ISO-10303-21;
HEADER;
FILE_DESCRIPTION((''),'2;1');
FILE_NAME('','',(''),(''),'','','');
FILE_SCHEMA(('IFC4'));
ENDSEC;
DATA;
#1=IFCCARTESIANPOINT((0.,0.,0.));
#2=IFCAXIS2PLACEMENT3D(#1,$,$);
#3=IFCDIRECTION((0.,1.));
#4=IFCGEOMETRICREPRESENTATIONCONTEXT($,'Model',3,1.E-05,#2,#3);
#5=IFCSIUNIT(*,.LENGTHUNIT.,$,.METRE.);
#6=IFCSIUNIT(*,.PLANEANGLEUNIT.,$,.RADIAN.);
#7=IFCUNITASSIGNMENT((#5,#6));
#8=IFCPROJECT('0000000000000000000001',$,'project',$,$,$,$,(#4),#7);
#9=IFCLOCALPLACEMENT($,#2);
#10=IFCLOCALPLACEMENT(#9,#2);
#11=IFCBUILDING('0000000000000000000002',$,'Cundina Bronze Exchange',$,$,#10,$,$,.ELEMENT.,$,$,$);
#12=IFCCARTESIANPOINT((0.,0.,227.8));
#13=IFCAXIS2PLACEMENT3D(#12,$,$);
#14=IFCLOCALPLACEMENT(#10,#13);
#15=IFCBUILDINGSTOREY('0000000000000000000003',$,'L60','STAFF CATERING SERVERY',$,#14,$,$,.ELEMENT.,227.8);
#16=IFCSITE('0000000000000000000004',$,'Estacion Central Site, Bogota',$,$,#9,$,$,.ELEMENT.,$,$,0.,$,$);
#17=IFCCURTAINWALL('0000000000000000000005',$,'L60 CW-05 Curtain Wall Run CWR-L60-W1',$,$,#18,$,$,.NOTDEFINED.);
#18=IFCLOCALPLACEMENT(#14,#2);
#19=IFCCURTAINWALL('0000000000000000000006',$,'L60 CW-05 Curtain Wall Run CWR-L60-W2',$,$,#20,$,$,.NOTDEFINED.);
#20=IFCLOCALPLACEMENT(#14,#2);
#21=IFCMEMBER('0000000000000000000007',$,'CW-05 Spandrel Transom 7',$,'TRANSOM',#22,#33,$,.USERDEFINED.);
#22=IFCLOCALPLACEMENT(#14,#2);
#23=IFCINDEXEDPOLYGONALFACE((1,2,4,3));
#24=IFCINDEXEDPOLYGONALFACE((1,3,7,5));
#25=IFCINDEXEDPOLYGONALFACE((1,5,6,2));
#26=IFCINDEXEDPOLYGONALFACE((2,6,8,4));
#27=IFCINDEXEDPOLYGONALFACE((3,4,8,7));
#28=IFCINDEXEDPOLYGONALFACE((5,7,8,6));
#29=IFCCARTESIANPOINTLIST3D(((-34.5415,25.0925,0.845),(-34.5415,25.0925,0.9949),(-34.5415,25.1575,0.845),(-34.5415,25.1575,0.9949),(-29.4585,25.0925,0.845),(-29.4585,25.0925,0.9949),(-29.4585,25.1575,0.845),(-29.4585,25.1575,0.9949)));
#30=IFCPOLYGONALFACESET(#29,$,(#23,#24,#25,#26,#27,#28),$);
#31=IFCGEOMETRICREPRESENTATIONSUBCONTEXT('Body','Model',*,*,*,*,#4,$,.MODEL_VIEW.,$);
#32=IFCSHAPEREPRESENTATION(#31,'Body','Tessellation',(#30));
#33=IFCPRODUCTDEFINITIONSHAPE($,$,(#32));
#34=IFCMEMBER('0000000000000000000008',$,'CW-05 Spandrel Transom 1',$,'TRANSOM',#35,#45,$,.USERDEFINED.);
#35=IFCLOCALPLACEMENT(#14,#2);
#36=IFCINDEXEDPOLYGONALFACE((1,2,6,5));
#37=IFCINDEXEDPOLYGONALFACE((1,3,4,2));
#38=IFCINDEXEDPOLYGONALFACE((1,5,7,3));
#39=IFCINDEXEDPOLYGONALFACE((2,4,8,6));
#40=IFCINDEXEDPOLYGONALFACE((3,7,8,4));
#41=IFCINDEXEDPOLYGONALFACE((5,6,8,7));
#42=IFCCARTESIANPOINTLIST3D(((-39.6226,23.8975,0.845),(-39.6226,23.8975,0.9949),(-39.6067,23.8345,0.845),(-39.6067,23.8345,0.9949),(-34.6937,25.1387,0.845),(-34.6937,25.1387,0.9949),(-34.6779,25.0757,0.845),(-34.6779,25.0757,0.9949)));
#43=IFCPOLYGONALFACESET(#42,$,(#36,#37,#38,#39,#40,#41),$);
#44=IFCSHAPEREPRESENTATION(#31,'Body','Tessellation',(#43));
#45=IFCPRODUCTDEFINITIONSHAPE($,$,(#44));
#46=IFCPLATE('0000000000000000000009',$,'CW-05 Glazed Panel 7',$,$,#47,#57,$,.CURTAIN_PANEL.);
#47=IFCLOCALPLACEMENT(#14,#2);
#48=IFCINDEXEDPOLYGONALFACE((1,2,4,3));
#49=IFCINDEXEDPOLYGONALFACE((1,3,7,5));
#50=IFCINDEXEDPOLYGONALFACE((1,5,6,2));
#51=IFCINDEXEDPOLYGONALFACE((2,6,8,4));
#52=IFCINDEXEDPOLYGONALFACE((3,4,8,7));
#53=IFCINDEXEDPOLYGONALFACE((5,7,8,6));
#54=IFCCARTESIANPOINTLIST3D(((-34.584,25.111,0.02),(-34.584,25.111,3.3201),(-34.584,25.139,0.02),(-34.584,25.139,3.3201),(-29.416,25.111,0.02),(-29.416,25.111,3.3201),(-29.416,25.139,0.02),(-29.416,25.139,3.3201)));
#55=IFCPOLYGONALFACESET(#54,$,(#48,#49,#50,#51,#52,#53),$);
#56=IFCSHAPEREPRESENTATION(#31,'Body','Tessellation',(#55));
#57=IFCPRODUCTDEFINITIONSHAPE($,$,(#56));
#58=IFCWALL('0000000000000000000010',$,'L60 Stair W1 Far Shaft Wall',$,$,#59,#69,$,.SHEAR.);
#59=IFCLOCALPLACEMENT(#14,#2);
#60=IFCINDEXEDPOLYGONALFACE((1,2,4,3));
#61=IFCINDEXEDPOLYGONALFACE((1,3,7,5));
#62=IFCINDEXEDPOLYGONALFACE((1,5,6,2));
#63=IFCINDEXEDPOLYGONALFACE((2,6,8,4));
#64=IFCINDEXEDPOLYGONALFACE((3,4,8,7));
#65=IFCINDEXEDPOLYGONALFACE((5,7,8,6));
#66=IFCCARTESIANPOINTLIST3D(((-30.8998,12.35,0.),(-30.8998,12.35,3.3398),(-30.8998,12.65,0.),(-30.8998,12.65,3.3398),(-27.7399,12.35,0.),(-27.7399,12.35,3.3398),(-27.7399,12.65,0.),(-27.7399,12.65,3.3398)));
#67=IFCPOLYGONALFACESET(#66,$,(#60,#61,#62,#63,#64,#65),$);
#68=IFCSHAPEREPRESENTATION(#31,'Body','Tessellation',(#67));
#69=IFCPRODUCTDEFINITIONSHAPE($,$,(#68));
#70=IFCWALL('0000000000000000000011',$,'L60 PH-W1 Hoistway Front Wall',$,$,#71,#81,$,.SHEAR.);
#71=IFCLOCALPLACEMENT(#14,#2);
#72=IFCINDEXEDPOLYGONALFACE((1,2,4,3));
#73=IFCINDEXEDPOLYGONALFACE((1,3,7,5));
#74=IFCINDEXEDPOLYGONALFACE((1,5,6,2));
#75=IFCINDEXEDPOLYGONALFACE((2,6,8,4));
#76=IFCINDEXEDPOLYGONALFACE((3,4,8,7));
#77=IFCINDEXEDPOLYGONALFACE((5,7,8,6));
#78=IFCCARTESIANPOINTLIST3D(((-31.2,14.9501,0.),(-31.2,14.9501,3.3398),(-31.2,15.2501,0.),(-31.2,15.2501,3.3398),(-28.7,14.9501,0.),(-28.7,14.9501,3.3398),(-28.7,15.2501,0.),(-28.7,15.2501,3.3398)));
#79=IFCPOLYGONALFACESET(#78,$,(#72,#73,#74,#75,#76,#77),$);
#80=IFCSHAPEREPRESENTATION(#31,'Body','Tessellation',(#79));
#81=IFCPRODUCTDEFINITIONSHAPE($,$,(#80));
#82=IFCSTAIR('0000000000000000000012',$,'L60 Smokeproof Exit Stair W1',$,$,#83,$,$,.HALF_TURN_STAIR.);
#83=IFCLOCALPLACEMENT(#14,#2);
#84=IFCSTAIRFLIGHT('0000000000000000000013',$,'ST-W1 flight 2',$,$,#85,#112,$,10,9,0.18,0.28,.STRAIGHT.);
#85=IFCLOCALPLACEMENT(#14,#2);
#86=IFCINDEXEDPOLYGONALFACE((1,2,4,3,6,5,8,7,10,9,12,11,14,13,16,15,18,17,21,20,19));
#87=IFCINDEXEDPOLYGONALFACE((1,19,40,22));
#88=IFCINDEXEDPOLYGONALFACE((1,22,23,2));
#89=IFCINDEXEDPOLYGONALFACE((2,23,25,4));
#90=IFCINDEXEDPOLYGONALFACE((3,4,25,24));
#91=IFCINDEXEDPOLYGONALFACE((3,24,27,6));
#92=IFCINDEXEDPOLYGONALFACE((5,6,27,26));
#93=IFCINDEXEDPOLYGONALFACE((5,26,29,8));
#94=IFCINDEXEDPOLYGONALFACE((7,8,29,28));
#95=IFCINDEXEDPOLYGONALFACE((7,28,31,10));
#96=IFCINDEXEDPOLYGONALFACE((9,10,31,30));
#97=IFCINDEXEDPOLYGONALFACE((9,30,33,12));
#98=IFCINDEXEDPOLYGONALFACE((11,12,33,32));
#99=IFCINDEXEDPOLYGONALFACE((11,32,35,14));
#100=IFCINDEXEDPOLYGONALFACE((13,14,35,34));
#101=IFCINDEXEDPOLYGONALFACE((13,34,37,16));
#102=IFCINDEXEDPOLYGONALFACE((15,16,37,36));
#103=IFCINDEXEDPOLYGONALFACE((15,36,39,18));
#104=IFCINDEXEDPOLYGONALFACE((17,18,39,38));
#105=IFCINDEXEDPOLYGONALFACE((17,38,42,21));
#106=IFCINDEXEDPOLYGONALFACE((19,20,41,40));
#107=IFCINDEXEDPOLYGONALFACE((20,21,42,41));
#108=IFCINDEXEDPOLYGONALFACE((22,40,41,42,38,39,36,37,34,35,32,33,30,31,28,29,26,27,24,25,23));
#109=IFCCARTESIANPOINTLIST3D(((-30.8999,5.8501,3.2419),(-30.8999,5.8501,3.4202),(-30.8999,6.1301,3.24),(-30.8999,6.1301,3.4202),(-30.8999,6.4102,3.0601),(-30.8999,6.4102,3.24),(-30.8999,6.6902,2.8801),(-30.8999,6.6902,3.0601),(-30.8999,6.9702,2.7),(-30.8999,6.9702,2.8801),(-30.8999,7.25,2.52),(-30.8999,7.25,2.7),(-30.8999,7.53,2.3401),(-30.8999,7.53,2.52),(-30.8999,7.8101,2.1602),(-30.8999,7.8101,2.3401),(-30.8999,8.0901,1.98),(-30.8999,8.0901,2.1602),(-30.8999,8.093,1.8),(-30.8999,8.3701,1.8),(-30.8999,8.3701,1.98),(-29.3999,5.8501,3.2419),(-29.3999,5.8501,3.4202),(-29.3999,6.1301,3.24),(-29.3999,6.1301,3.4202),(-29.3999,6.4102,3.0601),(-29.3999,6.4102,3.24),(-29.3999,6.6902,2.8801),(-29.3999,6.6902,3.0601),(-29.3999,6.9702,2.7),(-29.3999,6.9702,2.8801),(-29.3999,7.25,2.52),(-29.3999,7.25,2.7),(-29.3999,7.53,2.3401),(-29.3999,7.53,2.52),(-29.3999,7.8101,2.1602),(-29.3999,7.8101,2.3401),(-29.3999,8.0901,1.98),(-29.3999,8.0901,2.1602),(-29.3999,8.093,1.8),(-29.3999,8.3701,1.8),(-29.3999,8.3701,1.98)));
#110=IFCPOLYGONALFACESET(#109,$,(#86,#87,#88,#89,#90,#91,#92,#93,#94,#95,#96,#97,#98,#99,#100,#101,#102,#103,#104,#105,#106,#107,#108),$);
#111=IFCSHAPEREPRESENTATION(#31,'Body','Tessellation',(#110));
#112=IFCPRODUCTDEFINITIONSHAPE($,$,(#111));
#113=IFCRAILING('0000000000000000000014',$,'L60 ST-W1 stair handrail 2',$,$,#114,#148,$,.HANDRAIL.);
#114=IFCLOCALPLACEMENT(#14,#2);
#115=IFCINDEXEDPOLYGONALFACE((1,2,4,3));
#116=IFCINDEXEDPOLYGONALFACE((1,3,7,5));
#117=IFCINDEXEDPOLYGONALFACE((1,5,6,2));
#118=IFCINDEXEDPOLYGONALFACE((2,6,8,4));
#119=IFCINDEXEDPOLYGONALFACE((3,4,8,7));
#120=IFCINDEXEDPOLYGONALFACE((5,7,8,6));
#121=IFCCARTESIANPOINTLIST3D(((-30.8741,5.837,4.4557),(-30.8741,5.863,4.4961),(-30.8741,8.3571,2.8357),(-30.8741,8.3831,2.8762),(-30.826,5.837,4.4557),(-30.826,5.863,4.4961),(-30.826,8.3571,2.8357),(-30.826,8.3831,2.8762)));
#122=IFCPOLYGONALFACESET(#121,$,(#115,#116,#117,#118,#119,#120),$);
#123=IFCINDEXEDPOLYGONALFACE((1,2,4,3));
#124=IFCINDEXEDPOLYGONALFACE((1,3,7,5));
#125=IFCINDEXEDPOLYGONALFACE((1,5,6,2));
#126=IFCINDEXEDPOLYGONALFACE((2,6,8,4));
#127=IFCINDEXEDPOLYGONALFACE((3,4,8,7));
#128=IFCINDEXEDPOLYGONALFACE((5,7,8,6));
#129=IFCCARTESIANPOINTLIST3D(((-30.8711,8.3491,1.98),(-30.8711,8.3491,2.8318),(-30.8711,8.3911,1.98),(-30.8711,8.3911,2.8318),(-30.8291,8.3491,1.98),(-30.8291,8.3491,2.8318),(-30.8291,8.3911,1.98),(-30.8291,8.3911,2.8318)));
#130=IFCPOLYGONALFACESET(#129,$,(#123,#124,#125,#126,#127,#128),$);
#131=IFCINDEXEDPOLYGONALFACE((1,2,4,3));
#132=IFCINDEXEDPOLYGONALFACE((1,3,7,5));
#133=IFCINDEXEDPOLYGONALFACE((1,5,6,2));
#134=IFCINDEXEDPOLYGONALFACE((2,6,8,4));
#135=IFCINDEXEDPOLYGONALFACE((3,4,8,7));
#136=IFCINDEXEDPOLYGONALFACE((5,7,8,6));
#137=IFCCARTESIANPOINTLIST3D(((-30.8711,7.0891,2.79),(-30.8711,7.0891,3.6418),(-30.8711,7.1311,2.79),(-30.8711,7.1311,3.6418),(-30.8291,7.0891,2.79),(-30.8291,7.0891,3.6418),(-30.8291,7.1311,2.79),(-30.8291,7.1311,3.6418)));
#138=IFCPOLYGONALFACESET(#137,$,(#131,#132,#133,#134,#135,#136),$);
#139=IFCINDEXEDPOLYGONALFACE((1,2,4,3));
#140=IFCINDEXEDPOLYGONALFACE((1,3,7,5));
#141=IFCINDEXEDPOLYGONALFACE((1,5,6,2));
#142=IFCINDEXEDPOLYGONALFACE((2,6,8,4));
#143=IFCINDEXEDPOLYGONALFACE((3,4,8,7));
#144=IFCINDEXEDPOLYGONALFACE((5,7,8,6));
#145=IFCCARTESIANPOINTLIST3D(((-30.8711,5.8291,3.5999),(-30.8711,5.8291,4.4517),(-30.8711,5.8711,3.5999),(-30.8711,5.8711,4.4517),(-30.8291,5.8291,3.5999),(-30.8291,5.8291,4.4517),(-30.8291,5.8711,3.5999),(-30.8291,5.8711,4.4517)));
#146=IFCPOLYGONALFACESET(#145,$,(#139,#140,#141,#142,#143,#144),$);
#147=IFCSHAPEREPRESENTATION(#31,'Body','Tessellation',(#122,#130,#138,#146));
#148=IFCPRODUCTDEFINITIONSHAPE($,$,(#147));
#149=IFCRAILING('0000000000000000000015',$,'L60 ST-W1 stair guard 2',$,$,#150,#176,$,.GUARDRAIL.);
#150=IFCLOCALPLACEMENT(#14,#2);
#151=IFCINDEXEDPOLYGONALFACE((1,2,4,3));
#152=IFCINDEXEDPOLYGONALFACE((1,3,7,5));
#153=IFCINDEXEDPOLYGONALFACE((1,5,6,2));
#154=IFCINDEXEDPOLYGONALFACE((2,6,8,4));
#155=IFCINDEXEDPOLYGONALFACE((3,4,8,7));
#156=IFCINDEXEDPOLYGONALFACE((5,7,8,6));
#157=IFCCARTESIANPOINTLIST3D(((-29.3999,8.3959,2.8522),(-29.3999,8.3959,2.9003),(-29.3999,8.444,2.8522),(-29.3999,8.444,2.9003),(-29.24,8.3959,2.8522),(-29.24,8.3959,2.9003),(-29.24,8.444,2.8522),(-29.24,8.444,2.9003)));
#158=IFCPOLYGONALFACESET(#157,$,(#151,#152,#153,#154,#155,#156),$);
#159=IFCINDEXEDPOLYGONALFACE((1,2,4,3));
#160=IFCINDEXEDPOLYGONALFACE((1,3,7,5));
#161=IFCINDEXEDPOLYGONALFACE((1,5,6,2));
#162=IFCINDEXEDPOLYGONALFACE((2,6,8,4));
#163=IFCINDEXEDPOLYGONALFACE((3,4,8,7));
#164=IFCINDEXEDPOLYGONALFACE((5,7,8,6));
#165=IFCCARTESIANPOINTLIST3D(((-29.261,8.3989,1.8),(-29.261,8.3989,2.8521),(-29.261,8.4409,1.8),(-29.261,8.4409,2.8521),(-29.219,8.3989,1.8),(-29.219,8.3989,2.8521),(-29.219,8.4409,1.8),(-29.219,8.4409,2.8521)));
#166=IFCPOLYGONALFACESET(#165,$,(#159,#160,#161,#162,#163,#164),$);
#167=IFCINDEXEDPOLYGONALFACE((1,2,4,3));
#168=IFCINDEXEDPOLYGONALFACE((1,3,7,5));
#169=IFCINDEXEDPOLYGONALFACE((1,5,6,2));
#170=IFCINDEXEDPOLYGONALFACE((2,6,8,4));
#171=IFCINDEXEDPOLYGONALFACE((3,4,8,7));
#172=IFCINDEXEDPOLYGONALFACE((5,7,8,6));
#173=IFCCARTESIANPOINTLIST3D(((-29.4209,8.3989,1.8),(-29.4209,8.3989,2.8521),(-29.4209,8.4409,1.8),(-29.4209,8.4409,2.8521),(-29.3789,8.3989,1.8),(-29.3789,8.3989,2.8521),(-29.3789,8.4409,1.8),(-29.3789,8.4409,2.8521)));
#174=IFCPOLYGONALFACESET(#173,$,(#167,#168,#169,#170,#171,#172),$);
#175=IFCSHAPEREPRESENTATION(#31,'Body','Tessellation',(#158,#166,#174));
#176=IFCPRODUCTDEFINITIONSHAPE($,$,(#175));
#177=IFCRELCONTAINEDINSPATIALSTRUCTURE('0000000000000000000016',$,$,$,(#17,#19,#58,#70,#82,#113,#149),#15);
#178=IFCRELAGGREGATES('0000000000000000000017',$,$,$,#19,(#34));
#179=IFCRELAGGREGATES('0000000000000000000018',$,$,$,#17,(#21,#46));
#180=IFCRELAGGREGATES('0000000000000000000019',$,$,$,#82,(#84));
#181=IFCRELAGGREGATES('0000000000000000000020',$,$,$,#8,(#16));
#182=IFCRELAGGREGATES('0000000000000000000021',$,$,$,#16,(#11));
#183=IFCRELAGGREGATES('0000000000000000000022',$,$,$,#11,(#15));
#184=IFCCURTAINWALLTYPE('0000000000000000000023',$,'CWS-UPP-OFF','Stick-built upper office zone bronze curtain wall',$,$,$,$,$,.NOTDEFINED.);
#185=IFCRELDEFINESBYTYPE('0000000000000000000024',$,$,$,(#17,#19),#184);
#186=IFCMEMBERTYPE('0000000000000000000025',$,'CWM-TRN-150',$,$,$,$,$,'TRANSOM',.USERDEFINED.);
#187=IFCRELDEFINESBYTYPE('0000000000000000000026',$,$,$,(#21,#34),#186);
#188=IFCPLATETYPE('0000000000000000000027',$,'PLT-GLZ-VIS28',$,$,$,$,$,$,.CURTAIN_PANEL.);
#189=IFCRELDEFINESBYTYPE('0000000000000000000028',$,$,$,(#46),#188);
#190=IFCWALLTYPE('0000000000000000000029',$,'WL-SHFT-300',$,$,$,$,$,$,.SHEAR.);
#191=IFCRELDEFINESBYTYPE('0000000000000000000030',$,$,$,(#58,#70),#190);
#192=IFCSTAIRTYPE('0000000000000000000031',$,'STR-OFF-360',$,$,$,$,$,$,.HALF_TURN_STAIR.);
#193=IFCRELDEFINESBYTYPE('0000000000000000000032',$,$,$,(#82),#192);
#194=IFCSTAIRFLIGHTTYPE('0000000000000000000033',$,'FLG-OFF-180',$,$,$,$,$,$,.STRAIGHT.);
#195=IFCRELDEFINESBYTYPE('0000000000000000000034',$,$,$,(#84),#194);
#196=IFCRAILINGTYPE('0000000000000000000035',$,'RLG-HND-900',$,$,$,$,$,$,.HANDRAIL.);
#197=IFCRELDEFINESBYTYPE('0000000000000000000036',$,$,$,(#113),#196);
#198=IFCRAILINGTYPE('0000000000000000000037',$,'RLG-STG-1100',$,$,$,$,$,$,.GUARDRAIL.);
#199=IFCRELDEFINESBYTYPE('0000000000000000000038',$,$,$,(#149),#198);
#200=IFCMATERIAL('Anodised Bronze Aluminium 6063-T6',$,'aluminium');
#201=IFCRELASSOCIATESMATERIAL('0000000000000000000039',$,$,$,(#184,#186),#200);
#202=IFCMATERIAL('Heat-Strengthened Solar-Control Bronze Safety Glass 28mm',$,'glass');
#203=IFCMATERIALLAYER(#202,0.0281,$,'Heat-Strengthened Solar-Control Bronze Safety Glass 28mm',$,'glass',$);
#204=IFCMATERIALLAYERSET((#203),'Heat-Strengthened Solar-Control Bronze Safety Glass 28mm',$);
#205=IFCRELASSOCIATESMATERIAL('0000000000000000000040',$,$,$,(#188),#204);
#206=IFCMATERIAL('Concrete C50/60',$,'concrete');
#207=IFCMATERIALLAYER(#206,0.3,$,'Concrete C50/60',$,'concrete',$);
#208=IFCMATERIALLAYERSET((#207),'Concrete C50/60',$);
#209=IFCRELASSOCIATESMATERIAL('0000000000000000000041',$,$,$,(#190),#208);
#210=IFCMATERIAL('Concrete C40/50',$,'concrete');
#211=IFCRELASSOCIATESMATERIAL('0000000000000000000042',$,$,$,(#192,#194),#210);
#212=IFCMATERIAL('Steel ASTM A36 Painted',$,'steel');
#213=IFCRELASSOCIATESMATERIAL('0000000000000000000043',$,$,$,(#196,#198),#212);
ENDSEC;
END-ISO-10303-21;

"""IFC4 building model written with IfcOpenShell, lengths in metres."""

from ifc_helpers import new_model, si_unit, direction, frame, frame_2d, origin, origin_2d, place, context, subcontext, project, spatial, polyline, rectangle, outline, extrude, material, layer, layer_set, material_profile, profile_set, type_object, element, aggregate, save


model = new_model("IFC4")

# Units and contexts
model_context = context("Model", 3, precision=1e-05, world=origin(), true_north=direction((0.0, 1.0)))
body_context = subcontext(model_context, "Body", "Model", "MODEL_VIEW")
ifc_project = project(units=[si_unit("LENGTHUNIT", "METRE"), si_unit("PLANEANGLEUNIT", "RADIAN")], contexts=[model_context])

# Site, building, storey
site_placement = place(None, origin())
site = spatial("IfcSite", under=ifc_project, at=site_placement, Name="Estacion Central Site, Bogota", CompositionType="ELEMENT", RefElevation=0.0)
building_placement = place(site_placement, origin())
building = spatial("IfcBuilding", under=site, at=building_placement, Name="Cundina Bronze Exchange", CompositionType="ELEMENT")
storey_placement = place(building_placement, frame((0.0, 0.0, 227.8)))
storey = spatial("IfcBuildingStorey", under=building, at=storey_placement, Name="L60", Description="STAFF CATERING SERVERY", CompositionType="ELEMENT", Elevation=227.8)

# Shared definitions
ifc_material_1 = material(Name="Concrete C50/60", Category="concrete")

# Curtain wall
ifc_material_2 = material(Name="Anodised Bronze Aluminium 6063-T6", Category="aluminium")
curtain_wall_type = type_object("IfcCurtainWallType", Name="CWS-UPP-OFF", Description="Stick-built upper office zone bronze curtain wall", PredefinedType="NOTDEFINED", material=ifc_material_2)
curtain_wall_1_placement = place(storey_placement, origin())
curtain_wall_1 = element("IfcCurtainWall", 1, at=curtain_wall_1_placement, inside=storey, type_object=curtain_wall_type, Name="L60 CW-05 Curtain Wall Run CWR-L60-W1", PredefinedType="NOTDEFINED")

# Curtain wall
curtain_wall_2_placement = place(storey_placement, origin())
curtain_wall_2 = element("IfcCurtainWall", 2, at=curtain_wall_2_placement, inside=storey, type_object=curtain_wall_type, Name="L60 CW-05 Curtain Wall Run CWR-L60-W2", PredefinedType="NOTDEFINED")

# Members
ifc_material_profile_1 = material_profile(ifc_material_2, rectangle(XDim=0.0649, YDim=0.1499, at=origin_2d()), Name="AL65X150", Category="aluminium")
ifc_profile_set_1 = profile_set([ifc_material_profile_1], Name="Anodised Bronze Aluminium 6063-T6")
member_type_1 = type_object("IfcMemberType", Name="CWM-TRN-150", ElementType="TRANSOM", PredefinedType="USERDEFINED", material=ifc_profile_set_1)
member_1_placement = place(storey_placement, frame((-29.4585, 25.125, 0.9199), z_axis=(-1.0, 0.0, 0.0), x_axis=(0.0, -1.0, 0.0)))
member_1 = element("IfcMember", 3, at=member_1_placement, type_object=member_type_1, Name="CW-05 Spandrel Transom 7", ObjectType="TRANSOM", PredefinedType="USERDEFINED", context=body_context, shape_type="SweptSolid", body=[
    extrude(rectangle(XDim=0.0649, YDim=0.1499, at=origin_2d()), origin(), (0.0, 0.0, 1.0), 5.083),
])
member_2_placement = place(storey_placement, frame((-34.6858, 25.1072, 0.9199), z_axis=(-0.969726, -0.244197, 0.0), x_axis=(0.244197, -0.969726, 0.0)))
member_2 = element("IfcMember", 4, at=member_2_placement, type_object=member_type_1, Name="CW-05 Spandrel Transom 1", ObjectType="TRANSOM", PredefinedType="USERDEFINED", context=body_context, shape_type="SweptSolid", body=[
    extrude(rectangle(XDim=0.0649, YDim=0.1499, at=origin_2d()), origin(), (0.0, 0.0, 1.0), 5.0828),
])
aggregate(curtain_wall_2, [member_2])

# Plate
ifc_material_3 = material(Name="Heat-Strengthened Solar-Control Bronze Safety Glass 28mm", Category="glass")
ifc_layer_1 = layer(ifc_material_3, 0.0281, Name="Heat-Strengthened Solar-Control Bronze Safety Glass 28mm", Category="glass")
ifc_layer_set_1 = layer_set([ifc_layer_1], Name="Heat-Strengthened Solar-Control Bronze Safety Glass 28mm")
plate_type = type_object("IfcPlateType", Name="PLT-GLZ-VIS28", PredefinedType="CURTAIN_PANEL", material=ifc_layer_set_1)
plate_placement = place(storey_placement, frame((-32.0, 25.125, 0.02), z_axis=(0.0, 0.0, 1.0), x_axis=(-1.0, 0.0, 0.0)))
plate = element("IfcPlate", 5, at=plate_placement, type_object=plate_type, Name="CW-05 Glazed Panel 7", PredefinedType="CURTAIN_PANEL", context=body_context, shape_type="SweptSolid", body=[
    extrude(rectangle(XDim=5.168, YDim=0.0281, at=origin_2d()), origin(), (0.0, 0.0, 1.0), 3.3),
])
aggregate(curtain_wall_1, [member_1, plate])

# Shared definitions
ifc_layer_2 = layer(ifc_material_1, 0.3, Name="Concrete C50/60", Category="concrete")
ifc_layer_set_2 = layer_set([ifc_layer_2], Name="Concrete C50/60")
wall_type_1 = type_object("IfcWallType", Name="WL-SHFT-300", PredefinedType="SHEAR", material=ifc_layer_set_2)
ifc_material_4 = material(Name="Steel ASTM A36 Painted", Category="steel")

# Walls
wall_1_placement = place(storey_placement, frame((-30.8999, 12.5, 0.0), z_axis=(0.0, 0.0, 1.0), x_axis=(1.0, 0.0, 0.0)))
element("IfcWall", 6, at=wall_1_placement, inside=storey, type_object=wall_type_1, Name="L60 Stair W1 Far Shaft Wall", PredefinedType="SHEAR", context=body_context, shape_type="SweptSolid", body=[
    extrude(rectangle(XDim=3.1599, YDim=0.3, at=frame_2d((1.5801, 0.0))), origin(), (0.0, 0.0, 1.0), 3.3398),
])
wall_2_placement = place(storey_placement, frame((-31.2, 15.1001, 0.0), z_axis=(0.0, 0.0, 1.0), x_axis=(1.0, 0.0, 0.0)))
element("IfcWall", 7, at=wall_2_placement, inside=storey, type_object=wall_type_1, Name="L60 PH-W1 Hoistway Front Wall", PredefinedType="SHEAR", context=body_context, shape_type="SweptSolid", body=[
    extrude(rectangle(XDim=2.5, YDim=0.3, at=frame_2d((1.25, 0.0))), origin(), (0.0, 0.0, 1.0), 3.3398),
])

# Stair, stair flight
ifc_material_5 = material(Name="Concrete C40/50", Category="concrete")
stair_type = type_object("IfcStairType", Name="STR-OFF-360", PredefinedType="HALF_TURN_STAIR", material=ifc_material_5)
stair_placement = place(storey_placement, origin())
stair = element("IfcStair", 8, at=stair_placement, inside=storey, type_object=stair_type, Name="L60 Smokeproof Exit Stair W1", PredefinedType="HALF_TURN_STAIR")
stair_flight_type = type_object("IfcStairFlightType", Name="FLG-OFF-180", PredefinedType="STRAIGHT", material=ifc_material_5)
stair_flight_placement = place(storey_placement, frame((-30.1499, 8.3701, 1.8), z_axis=(0.0, 0.0, 1.0), x_axis=(0.0, -1.0, 0.0)))
stair_flight = element("IfcStairFlight", 9, at=stair_flight_placement, type_object=stair_flight_type, Name="ST-W1 flight 2", NumberOfRisers=10, NumberOfTreads=9, PredefinedType="STRAIGHT", RiserHeight=0.18, TreadLength=0.28, context=body_context, shape_type="SweptSolid", body=[
    extrude(outline(polyline([(0.0, 0.0), (0.0, 0.1799), (0.28, 0.1799), (0.28, 0.3601), (0.5601, 0.3601), (0.5601, 0.54), (0.8401, 0.54), (0.8401, 0.72), (1.1201, 0.72), (1.1201, 0.8999), (1.3999, 0.8999), (1.3999, 1.0801), (1.6799, 1.0801), (1.6799, 1.26), (1.96, 1.26), (1.96, 1.4399), (2.24, 1.4399), (2.24, 1.6201), (2.52, 1.6201), (2.52, 1.8), (2.52, 1.4419), (0.2771, 0.0), (0.0, 0.0)])), frame((0.0, 0.75, 0.0), z_axis=(0.0, -1.0, 0.0), x_axis=(1.0, 0.0, 0.0)), (0.0, 0.0, 1.0), 1.5),
])
aggregate(stair, [stair_flight])

# Railings
railing_type_1 = type_object("IfcRailingType", Name="RLG-HND-900", PredefinedType="HANDRAIL", material=ifc_material_4)
railing_1_placement = place(storey_placement, frame((-30.8501, 8.3701, 1.98)))
element("IfcRailing", 10, at=railing_1_placement, inside=storey, type_object=railing_type_1, Name="L60 ST-W1 stair handrail 2", PredefinedType="HANDRAIL", context=body_context, shape_type="SweptSolid", body=[
    extrude(rectangle(XDim=0.0481, YDim=0.0481, at=origin_2d()), frame((0.0, 0.0, 0.876), z_axis=(0.0, -0.8412, 0.540725), x_axis=(1.0, 0.0, 0.0)), (0.0, 0.0, 1.0), 2.9958),
    extrude(rectangle(XDim=0.042, YDim=0.042, at=origin_2d()), origin(), (0.0, 0.0, 1.0), 0.8518),
    extrude(rectangle(XDim=0.042, YDim=0.042, at=origin_2d()), frame((0.0, -1.26, 0.8101)), (0.0, 0.0, 1.0), 0.8518),
    extrude(rectangle(XDim=0.042, YDim=0.042, at=origin_2d()), frame((0.0, -2.52, 1.6199)), (0.0, 0.0, 1.0), 0.8518),
])
railing_type_2 = type_object("IfcRailingType", Name="RLG-STG-1100", PredefinedType="GUARDRAIL", material=ifc_material_4)
railing_2_placement = place(storey_placement, frame((-29.24, 8.4199, 1.8)))
element("IfcRailing", 11, at=railing_2_placement, inside=storey, type_object=railing_type_2, Name="L60 ST-W1 stair guard 2", PredefinedType="GUARDRAIL", context=body_context, shape_type="SweptSolid", body=[
    extrude(rectangle(XDim=0.0481, YDim=0.0481, at=origin_2d()), frame((0.0, 0.0, 1.0762), z_axis=(-1.0, 0.0, 0.0), x_axis=(0.0, -1.0, 0.0)), (0.0, 0.0, 1.0), 0.1599),
    extrude(rectangle(XDim=0.042, YDim=0.042, at=origin_2d()), origin(), (0.0, 0.0, 1.0), 1.052),
    extrude(rectangle(XDim=0.042, YDim=0.042, at=origin_2d()), frame((-0.1599, 0.0, 0.0)), (0.0, 0.0, 1.0), 1.052),
])

save(model, "model.ifc")
